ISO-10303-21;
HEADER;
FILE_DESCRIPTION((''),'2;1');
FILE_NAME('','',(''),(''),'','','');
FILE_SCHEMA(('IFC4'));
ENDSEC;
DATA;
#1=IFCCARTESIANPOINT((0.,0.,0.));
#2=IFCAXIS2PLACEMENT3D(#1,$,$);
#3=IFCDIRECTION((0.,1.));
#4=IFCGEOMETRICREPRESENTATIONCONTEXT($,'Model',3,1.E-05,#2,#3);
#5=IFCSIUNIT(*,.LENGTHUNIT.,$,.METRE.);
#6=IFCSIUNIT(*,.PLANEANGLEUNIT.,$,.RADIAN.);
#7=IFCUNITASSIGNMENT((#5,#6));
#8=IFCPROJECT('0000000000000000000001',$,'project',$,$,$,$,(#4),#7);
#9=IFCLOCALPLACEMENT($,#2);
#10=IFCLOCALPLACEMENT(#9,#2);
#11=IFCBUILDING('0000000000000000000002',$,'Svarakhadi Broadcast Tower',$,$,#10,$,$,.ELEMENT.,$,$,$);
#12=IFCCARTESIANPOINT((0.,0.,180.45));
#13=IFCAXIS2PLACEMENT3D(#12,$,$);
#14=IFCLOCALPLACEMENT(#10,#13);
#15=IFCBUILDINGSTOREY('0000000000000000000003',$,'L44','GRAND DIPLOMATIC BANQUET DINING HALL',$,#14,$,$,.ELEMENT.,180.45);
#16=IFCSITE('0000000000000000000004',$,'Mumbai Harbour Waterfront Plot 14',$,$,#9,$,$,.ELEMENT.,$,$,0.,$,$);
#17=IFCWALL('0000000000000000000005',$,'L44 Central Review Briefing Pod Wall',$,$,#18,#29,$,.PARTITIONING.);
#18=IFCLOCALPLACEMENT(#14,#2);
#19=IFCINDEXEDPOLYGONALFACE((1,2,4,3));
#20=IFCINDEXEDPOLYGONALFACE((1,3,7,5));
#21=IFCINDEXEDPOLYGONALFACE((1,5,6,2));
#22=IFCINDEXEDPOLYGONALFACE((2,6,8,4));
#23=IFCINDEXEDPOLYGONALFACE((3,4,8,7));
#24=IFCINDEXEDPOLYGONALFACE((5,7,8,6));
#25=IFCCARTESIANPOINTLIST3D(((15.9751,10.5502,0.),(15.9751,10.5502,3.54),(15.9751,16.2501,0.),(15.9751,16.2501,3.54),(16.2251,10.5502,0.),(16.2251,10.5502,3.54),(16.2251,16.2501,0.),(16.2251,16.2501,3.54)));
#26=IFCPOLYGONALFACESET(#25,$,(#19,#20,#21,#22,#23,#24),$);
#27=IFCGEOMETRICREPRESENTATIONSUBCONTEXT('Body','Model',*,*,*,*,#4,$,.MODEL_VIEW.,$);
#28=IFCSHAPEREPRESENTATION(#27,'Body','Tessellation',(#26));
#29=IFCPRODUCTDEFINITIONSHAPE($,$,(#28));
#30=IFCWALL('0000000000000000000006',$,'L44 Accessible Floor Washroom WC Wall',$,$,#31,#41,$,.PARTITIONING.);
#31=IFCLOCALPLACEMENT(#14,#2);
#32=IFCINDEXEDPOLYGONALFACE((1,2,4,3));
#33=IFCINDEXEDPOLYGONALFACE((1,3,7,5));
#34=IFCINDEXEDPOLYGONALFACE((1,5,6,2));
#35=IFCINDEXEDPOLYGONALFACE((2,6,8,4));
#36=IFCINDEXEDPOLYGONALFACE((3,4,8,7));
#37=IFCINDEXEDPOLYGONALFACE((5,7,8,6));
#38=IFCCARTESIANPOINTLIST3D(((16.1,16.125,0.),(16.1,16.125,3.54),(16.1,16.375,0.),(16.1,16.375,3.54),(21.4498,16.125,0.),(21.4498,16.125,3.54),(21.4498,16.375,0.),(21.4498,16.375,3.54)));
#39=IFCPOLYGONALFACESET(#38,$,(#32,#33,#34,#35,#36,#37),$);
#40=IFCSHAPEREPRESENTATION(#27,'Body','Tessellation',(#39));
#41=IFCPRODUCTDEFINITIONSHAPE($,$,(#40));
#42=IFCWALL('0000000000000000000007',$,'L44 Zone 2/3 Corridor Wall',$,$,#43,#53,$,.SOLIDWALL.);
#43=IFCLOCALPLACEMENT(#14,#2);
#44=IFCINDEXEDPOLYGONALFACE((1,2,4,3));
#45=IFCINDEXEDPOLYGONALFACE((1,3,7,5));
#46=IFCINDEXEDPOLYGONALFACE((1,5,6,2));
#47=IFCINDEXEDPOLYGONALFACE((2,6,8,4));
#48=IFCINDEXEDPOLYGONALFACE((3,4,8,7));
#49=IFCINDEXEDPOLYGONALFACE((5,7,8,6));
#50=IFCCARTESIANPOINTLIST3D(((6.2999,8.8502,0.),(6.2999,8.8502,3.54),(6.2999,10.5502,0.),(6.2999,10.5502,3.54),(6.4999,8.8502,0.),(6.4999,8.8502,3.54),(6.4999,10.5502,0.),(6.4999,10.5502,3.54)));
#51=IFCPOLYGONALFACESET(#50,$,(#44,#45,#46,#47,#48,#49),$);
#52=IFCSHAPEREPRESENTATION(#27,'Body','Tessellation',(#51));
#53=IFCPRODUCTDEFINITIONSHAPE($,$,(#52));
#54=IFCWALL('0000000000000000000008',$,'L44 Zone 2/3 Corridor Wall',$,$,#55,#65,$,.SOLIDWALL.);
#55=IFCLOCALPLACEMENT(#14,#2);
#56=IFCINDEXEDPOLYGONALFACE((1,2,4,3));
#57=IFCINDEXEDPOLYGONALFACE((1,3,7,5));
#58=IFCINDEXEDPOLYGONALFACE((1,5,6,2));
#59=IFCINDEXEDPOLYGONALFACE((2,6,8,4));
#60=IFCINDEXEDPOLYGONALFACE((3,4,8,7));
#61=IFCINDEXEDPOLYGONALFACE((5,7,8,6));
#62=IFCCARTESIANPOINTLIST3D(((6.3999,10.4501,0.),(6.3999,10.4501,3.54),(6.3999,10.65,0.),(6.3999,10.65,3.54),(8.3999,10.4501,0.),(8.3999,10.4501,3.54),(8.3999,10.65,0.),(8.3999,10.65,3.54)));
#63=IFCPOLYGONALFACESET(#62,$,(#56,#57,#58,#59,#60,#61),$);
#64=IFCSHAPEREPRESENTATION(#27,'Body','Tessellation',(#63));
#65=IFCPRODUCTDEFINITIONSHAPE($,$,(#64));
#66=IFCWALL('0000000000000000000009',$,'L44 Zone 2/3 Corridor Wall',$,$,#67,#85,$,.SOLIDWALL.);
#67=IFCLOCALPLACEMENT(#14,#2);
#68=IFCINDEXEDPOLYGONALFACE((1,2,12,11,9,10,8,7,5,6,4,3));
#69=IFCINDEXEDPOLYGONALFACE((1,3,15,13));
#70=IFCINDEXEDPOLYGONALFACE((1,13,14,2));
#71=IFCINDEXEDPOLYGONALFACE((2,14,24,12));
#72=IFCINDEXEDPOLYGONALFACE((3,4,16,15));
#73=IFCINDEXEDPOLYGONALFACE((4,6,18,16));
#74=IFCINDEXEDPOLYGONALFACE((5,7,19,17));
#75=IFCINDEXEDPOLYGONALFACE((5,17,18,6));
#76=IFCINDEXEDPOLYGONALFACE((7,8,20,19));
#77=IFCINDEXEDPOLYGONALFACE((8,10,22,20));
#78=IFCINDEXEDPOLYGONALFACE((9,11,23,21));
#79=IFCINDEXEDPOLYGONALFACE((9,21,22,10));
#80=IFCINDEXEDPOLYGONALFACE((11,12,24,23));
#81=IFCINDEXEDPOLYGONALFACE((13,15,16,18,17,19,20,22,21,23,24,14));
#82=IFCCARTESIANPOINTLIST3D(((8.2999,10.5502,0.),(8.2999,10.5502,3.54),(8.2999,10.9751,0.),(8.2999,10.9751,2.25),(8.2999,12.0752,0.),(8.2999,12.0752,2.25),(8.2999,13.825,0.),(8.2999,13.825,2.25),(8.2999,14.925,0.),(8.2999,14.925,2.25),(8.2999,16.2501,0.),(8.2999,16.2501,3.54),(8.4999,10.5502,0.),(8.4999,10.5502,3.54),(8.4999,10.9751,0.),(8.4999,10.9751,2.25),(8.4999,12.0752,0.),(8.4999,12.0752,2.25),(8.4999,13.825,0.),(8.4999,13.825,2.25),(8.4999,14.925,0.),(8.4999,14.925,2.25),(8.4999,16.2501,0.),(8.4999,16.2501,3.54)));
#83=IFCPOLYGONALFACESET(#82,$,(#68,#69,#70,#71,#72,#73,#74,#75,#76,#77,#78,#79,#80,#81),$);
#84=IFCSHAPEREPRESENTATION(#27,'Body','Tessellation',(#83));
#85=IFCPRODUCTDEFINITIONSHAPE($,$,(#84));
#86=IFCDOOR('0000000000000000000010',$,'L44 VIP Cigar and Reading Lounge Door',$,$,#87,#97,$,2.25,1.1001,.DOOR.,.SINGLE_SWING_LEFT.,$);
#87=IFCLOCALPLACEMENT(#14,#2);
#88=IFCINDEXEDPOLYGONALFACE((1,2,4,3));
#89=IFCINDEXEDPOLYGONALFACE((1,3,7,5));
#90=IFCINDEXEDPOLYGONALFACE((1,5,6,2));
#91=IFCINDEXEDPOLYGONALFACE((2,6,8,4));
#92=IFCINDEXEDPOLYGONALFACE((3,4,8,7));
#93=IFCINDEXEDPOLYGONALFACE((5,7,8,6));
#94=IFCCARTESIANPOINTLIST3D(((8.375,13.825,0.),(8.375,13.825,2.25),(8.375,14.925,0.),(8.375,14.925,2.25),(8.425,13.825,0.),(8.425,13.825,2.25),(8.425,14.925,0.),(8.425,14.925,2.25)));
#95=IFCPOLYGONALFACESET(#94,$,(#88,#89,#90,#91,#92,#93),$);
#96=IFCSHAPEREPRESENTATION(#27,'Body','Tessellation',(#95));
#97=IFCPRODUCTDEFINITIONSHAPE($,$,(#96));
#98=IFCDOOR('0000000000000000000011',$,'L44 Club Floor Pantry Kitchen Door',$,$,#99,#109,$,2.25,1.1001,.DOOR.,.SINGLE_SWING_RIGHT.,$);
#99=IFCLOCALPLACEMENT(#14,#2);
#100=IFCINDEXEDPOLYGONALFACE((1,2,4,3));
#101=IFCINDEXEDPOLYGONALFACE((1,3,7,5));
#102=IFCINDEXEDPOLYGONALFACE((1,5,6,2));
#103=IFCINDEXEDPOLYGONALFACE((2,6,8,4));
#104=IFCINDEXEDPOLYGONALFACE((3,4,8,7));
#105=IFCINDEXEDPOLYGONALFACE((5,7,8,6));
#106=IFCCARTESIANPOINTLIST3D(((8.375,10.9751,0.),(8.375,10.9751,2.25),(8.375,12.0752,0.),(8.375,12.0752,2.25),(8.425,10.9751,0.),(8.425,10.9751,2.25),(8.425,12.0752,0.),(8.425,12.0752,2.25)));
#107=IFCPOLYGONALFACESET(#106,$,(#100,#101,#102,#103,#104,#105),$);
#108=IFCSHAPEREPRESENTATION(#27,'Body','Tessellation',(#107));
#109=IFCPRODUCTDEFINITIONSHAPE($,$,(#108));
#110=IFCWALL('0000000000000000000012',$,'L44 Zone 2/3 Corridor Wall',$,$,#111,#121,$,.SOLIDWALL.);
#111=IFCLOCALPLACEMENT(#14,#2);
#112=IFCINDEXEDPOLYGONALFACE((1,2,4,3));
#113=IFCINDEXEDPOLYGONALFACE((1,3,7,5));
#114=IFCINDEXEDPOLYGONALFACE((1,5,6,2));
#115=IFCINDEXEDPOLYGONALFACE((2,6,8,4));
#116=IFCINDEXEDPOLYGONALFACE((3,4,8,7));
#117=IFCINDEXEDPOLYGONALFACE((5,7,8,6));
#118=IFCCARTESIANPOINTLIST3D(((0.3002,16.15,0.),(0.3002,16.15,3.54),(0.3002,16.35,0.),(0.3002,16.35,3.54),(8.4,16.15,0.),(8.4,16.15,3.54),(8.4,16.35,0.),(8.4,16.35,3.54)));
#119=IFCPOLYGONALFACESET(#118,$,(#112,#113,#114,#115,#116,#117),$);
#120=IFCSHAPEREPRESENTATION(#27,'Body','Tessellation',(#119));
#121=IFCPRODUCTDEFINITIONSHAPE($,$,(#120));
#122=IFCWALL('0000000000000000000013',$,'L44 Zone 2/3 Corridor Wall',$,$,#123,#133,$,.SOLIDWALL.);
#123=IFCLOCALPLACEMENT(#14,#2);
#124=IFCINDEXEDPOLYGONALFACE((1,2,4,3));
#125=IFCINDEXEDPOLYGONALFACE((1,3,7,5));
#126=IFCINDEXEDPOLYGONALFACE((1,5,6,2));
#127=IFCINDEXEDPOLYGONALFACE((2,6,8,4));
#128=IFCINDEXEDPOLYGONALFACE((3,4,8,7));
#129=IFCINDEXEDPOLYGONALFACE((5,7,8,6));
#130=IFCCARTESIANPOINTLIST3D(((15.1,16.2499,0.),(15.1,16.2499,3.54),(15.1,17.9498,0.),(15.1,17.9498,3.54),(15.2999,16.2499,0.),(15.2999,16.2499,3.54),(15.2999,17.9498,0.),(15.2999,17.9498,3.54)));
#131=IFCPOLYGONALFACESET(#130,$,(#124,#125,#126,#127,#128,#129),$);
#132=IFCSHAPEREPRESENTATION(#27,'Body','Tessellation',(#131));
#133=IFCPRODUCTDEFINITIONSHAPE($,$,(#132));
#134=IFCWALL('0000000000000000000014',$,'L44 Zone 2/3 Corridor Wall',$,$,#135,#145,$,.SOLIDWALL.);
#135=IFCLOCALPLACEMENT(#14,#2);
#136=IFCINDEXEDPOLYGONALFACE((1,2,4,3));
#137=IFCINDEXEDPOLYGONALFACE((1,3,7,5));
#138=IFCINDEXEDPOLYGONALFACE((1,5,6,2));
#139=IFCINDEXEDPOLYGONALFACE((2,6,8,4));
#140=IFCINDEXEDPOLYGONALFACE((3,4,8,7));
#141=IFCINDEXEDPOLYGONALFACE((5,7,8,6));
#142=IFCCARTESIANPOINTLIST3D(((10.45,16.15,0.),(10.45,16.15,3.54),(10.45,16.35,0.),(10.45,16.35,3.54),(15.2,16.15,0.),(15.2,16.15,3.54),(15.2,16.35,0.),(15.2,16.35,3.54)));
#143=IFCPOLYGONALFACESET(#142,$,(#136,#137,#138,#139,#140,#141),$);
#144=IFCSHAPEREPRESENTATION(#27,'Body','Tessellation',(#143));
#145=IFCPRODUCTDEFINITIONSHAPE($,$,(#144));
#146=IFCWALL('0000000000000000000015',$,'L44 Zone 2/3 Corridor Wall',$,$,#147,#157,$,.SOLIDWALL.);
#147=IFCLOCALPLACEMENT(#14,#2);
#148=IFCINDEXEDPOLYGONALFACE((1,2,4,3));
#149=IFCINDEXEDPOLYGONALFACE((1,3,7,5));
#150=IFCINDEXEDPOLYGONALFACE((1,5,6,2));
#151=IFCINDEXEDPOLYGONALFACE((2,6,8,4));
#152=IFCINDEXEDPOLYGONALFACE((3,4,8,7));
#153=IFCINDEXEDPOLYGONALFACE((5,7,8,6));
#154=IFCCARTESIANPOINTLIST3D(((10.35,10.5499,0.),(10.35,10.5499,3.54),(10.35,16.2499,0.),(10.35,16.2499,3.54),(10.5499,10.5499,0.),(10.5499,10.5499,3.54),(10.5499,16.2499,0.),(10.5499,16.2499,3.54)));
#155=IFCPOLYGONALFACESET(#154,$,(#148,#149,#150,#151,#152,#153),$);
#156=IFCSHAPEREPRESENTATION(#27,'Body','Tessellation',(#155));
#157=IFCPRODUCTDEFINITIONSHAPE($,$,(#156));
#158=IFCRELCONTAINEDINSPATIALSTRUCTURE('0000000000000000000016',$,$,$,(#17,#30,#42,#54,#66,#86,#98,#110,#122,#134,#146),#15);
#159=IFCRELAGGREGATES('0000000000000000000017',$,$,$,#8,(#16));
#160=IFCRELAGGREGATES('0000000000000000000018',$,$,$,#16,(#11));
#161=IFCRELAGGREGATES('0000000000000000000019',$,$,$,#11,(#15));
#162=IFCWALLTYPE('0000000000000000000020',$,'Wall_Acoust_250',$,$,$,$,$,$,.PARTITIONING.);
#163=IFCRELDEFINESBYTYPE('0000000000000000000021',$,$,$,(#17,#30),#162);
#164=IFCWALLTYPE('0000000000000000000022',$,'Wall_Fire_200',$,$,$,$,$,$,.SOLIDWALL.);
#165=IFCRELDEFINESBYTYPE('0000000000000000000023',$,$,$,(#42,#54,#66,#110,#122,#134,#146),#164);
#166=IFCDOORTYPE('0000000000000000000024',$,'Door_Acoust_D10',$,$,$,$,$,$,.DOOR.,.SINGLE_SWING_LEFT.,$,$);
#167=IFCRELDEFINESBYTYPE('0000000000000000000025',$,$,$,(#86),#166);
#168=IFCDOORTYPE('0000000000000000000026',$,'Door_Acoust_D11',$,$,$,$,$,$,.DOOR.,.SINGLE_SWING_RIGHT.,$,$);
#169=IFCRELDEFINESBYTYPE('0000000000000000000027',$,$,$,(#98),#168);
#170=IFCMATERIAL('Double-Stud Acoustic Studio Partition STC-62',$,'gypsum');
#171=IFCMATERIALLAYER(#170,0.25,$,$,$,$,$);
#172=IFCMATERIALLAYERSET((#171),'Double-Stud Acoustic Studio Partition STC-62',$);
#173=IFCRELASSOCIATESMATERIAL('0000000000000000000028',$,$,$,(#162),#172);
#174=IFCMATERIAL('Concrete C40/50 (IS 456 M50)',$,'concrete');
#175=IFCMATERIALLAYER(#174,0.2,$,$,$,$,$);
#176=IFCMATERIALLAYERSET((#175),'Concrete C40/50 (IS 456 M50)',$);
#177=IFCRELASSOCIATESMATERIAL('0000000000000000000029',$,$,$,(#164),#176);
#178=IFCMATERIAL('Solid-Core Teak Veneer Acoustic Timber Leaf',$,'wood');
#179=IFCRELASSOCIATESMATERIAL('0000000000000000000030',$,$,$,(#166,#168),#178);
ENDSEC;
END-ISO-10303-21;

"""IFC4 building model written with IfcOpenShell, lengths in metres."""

from ifc_helpers import new_model, si_unit, direction, frame, frame_2d, origin, place, context, subcontext, project, spatial, rectangle, extrude, material, layer, layer_set, type_object, element, fill, save


model = new_model("IFC4")

# Units and contexts
model_context = context("Model", 3, precision=1e-05, world=origin(), true_north=direction((0.0, 1.0)))
body_context = subcontext(model_context, "Body", "Model", "MODEL_VIEW")
ifc_project = project(units=[si_unit("LENGTHUNIT", "METRE"), si_unit("PLANEANGLEUNIT", "RADIAN")], contexts=[model_context])

# Site, building, storey
site_placement = place(None, origin())
site = spatial("IfcSite", under=ifc_project, at=site_placement, Name="Mumbai Harbour Waterfront Plot 14", CompositionType="ELEMENT", RefElevation=0.0)
building_placement = place(site_placement, origin())
building = spatial("IfcBuilding", under=site, at=building_placement, Name="Svarakhadi Broadcast Tower", CompositionType="ELEMENT")
storey_placement = place(building_placement, frame((0.0, 0.0, 180.45)))
storey = spatial("IfcBuildingStorey", under=building, at=storey_placement, Name="L44", Description="GRAND DIPLOMATIC BANQUET DINING HALL", CompositionType="ELEMENT", Elevation=180.45)

# Walls
ifc_material_1 = material(Name="Double-Stud Acoustic Studio Partition STC-62", Category="gypsum")
ifc_layer_1 = layer(ifc_material_1, 0.25)
ifc_layer_set_1 = layer_set([ifc_layer_1], Name="Double-Stud Acoustic Studio Partition STC-62")
wall_type_1 = type_object("IfcWallType", Name="Wall_Acoust_250", PredefinedType="PARTITIONING", material=ifc_layer_set_1)
wall_1_placement = place(storey_placement, frame((16.1001, 10.55, 0.0), z_axis=(0.0, 0.0, 1.0), x_axis=(0.0, 1.0, 0.0)))
element("IfcWall", 1, at=wall_1_placement, inside=storey, type_object=wall_type_1, Name="L44 Central Review Briefing Pod Wall", PredefinedType="PARTITIONING", context=body_context, shape_type="SweptSolid", body=[
    extrude(rectangle(XDim=5.7, YDim=0.25, at=frame_2d((2.8501, 0.0))), origin(), (0.0, 0.0, 1.0), 3.54),
])
wall_2_placement = place(storey_placement, frame((16.1001, 16.25, 0.0), z_axis=(0.0, 0.0, 1.0), x_axis=(1.0, 0.0, 0.0)))
element("IfcWall", 2, at=wall_2_placement, inside=storey, type_object=wall_type_1, Name="L44 Accessible Floor Washroom WC Wall", PredefinedType="PARTITIONING", context=body_context, shape_type="SweptSolid", body=[
    extrude(rectangle(XDim=5.3499, YDim=0.25, at=frame_2d((2.6748, 0.0))), origin(), (0.0, 0.0, 1.0), 3.54),
])
ifc_material_2 = material(Name="Concrete C40/50 (IS 456 M50)", Category="concrete")
ifc_layer_2 = layer(ifc_material_2, 0.2)
ifc_layer_set_2 = layer_set([ifc_layer_2], Name="Concrete C40/50 (IS 456 M50)")
wall_type_2 = type_object("IfcWallType", Name="Wall_Fire_200", PredefinedType="SOLIDWALL", material=ifc_layer_set_2)
wall_3_placement = place(storey_placement, frame((6.3999, 8.8501, 0.0), z_axis=(0.0, 0.0, 1.0), x_axis=(0.0, 1.0, 0.0)))
element("IfcWall", 3, at=wall_3_placement, inside=storey, type_object=wall_type_2, Name="L44 Zone 2/3 Corridor Wall", PredefinedType="SOLIDWALL", context=body_context, shape_type="SweptSolid", body=[
    extrude(rectangle(XDim=1.7, YDim=0.2, at=frame_2d((0.8501, 0.0))), origin(), (0.0, 0.0, 1.0), 3.54),
])
wall_4_placement = place(storey_placement, frame((6.3999, 10.55, 0.0), z_axis=(0.0, 0.0, 1.0), x_axis=(1.0, 0.0, 0.0)))
element("IfcWall", 4, at=wall_4_placement, inside=storey, type_object=wall_type_2, Name="L44 Zone 2/3 Corridor Wall", PredefinedType="SOLIDWALL", context=body_context, shape_type="SweptSolid", body=[
    extrude(rectangle(XDim=2.0, YDim=0.2, at=frame_2d((1.0, 0.0))), origin(), (0.0, 0.0, 1.0), 3.54),
])

# Wall, openings, doors
wall_5_placement = place(storey_placement, frame((8.3999, 10.55, 0.0), z_axis=(0.0, 0.0, 1.0), x_axis=(0.0, 1.0, 0.0)))
wall_5 = element("IfcWall", 5, at=wall_5_placement, inside=storey, type_object=wall_type_2, Name="L44 Zone 2/3 Corridor Wall", PredefinedType="SOLIDWALL", context=body_context, shape_type="SweptSolid", body=[
    extrude(rectangle(XDim=5.7, YDim=0.2, at=frame_2d((2.8501, 0.0))), origin(), (0.0, 0.0, 1.0), 3.54),
])
opening_1_placement = place(wall_5_placement, frame((0.425, 0.0, 0.0)))
opening_1 = element("IfcOpeningElement", 6, at=opening_1_placement, cuts=wall_5, PredefinedType="OPENING", context=body_context, shape_type="SweptSolid", body=[
    extrude(rectangle(XDim=1.1001, YDim=2.25, at=frame_2d((0.55, 1.125))), frame((0.0, 0.1099, 0.0), z_axis=(0.0, -1.0, 0.0), x_axis=(1.0, 0.0, 0.0)), (0.0, 0.0, 1.0), 0.22),
])
opening_2_placement = place(wall_5_placement, frame((3.2749, 0.0, 0.0)))
opening_2 = element("IfcOpeningElement", 7, at=opening_2_placement, cuts=wall_5, PredefinedType="OPENING", context=body_context, shape_type="SweptSolid", body=[
    extrude(rectangle(XDim=1.1001, YDim=2.25, at=frame_2d((0.55, 1.125))), frame((0.0, 0.1099, 0.0), z_axis=(0.0, -1.0, 0.0), x_axis=(1.0, 0.0, 0.0)), (0.0, 0.0, 1.0), 0.22),
])
ifc_material_3 = material(Name="Solid-Core Teak Veneer Acoustic Timber Leaf", Category="wood")
door_type_1 = type_object("IfcDoorType", Name="Door_Acoust_D10", OperationType="SINGLE_SWING_LEFT", PredefinedType="DOOR", material=ifc_material_3)
door_1_placement = place(opening_2_placement, origin())
door_1 = element("IfcDoor", 8, at=door_1_placement, inside=storey, type_object=door_type_1, Name="L44 VIP Cigar and Reading Lounge Door", OperationType="SINGLE_SWING_LEFT", OverallHeight=2.25, OverallWidth=1.1001, PredefinedType="DOOR", context=body_context, shape_type="SweptSolid", body=[
    extrude(rectangle(XDim=1.1001, YDim=2.25, at=frame_2d((0.55, 1.125))), frame((0.0, 0.0249, 0.0), z_axis=(0.0, -1.0, 0.0), x_axis=(1.0, 0.0, 0.0)), (0.0, 0.0, 1.0), 0.05),
])
fill(opening_2, door_1)
door_type_2 = type_object("IfcDoorType", Name="Door_Acoust_D11", OperationType="SINGLE_SWING_RIGHT", PredefinedType="DOOR", material=ifc_material_3)
door_2_placement = place(opening_1_placement, origin())
door_2 = element("IfcDoor", 9, at=door_2_placement, inside=storey, type_object=door_type_2, Name="L44 Club Floor Pantry Kitchen Door", OperationType="SINGLE_SWING_RIGHT", OverallHeight=2.25, OverallWidth=1.1001, PredefinedType="DOOR", context=body_context, shape_type="SweptSolid", body=[
    extrude(rectangle(XDim=1.1001, YDim=2.25, at=frame_2d((0.55, 1.125))), frame((0.0, 0.0249, 0.0), z_axis=(0.0, -1.0, 0.0), x_axis=(1.0, 0.0, 0.0)), (0.0, 0.0, 1.0), 0.05),
])
fill(opening_1, door_2)

# Walls
wall_6_placement = place(storey_placement, frame((8.3999, 16.25, 0.0), z_axis=(0.0, 0.0, 1.0), x_axis=(-1.0, 0.0, 0.0)))
element("IfcWall", 10, at=wall_6_placement, inside=storey, type_object=wall_type_2, Name="L44 Zone 2/3 Corridor Wall", PredefinedType="SOLIDWALL", context=body_context, shape_type="SweptSolid", body=[
    extrude(rectangle(XDim=8.0999, YDim=0.2, at=frame_2d((4.0498, 0.0))), origin(), (0.0, 0.0, 1.0), 3.54),
])
wall_7_placement = place(storey_placement, frame((15.2, 17.95, 0.0), z_axis=(0.0, 0.0, 1.0), x_axis=(0.0, -1.0, 0.0)))
element("IfcWall", 11, at=wall_7_placement, inside=storey, type_object=wall_type_2, Name="L44 Zone 2/3 Corridor Wall", PredefinedType="SOLIDWALL", context=body_context, shape_type="SweptSolid", body=[
    extrude(rectangle(XDim=1.7, YDim=0.2, at=frame_2d((0.8501, 0.0))), origin(), (0.0, 0.0, 1.0), 3.54),
])
wall_8_placement = place(storey_placement, frame((15.2, 16.25, 0.0), z_axis=(0.0, 0.0, 1.0), x_axis=(-1.0, 0.0, 0.0)))
element("IfcWall", 12, at=wall_8_placement, inside=storey, type_object=wall_type_2, Name="L44 Zone 2/3 Corridor Wall", PredefinedType="SOLIDWALL", context=body_context, shape_type="SweptSolid", body=[
    extrude(rectangle(XDim=4.75, YDim=0.2, at=frame_2d((2.375, 0.0))), origin(), (0.0, 0.0, 1.0), 3.54),
])
wall_9_placement = place(storey_placement, frame((10.45, 16.25, 0.0), z_axis=(0.0, 0.0, 1.0), x_axis=(0.0, -1.0, 0.0)))
element("IfcWall", 13, at=wall_9_placement, inside=storey, type_object=wall_type_2, Name="L44 Zone 2/3 Corridor Wall", PredefinedType="SOLIDWALL", context=body_context, shape_type="SweptSolid", body=[
    extrude(rectangle(XDim=5.7, YDim=0.2, at=frame_2d((2.8501, 0.0))), origin(), (0.0, 0.0, 1.0), 3.54),
])

save(model, "model.ifc")
